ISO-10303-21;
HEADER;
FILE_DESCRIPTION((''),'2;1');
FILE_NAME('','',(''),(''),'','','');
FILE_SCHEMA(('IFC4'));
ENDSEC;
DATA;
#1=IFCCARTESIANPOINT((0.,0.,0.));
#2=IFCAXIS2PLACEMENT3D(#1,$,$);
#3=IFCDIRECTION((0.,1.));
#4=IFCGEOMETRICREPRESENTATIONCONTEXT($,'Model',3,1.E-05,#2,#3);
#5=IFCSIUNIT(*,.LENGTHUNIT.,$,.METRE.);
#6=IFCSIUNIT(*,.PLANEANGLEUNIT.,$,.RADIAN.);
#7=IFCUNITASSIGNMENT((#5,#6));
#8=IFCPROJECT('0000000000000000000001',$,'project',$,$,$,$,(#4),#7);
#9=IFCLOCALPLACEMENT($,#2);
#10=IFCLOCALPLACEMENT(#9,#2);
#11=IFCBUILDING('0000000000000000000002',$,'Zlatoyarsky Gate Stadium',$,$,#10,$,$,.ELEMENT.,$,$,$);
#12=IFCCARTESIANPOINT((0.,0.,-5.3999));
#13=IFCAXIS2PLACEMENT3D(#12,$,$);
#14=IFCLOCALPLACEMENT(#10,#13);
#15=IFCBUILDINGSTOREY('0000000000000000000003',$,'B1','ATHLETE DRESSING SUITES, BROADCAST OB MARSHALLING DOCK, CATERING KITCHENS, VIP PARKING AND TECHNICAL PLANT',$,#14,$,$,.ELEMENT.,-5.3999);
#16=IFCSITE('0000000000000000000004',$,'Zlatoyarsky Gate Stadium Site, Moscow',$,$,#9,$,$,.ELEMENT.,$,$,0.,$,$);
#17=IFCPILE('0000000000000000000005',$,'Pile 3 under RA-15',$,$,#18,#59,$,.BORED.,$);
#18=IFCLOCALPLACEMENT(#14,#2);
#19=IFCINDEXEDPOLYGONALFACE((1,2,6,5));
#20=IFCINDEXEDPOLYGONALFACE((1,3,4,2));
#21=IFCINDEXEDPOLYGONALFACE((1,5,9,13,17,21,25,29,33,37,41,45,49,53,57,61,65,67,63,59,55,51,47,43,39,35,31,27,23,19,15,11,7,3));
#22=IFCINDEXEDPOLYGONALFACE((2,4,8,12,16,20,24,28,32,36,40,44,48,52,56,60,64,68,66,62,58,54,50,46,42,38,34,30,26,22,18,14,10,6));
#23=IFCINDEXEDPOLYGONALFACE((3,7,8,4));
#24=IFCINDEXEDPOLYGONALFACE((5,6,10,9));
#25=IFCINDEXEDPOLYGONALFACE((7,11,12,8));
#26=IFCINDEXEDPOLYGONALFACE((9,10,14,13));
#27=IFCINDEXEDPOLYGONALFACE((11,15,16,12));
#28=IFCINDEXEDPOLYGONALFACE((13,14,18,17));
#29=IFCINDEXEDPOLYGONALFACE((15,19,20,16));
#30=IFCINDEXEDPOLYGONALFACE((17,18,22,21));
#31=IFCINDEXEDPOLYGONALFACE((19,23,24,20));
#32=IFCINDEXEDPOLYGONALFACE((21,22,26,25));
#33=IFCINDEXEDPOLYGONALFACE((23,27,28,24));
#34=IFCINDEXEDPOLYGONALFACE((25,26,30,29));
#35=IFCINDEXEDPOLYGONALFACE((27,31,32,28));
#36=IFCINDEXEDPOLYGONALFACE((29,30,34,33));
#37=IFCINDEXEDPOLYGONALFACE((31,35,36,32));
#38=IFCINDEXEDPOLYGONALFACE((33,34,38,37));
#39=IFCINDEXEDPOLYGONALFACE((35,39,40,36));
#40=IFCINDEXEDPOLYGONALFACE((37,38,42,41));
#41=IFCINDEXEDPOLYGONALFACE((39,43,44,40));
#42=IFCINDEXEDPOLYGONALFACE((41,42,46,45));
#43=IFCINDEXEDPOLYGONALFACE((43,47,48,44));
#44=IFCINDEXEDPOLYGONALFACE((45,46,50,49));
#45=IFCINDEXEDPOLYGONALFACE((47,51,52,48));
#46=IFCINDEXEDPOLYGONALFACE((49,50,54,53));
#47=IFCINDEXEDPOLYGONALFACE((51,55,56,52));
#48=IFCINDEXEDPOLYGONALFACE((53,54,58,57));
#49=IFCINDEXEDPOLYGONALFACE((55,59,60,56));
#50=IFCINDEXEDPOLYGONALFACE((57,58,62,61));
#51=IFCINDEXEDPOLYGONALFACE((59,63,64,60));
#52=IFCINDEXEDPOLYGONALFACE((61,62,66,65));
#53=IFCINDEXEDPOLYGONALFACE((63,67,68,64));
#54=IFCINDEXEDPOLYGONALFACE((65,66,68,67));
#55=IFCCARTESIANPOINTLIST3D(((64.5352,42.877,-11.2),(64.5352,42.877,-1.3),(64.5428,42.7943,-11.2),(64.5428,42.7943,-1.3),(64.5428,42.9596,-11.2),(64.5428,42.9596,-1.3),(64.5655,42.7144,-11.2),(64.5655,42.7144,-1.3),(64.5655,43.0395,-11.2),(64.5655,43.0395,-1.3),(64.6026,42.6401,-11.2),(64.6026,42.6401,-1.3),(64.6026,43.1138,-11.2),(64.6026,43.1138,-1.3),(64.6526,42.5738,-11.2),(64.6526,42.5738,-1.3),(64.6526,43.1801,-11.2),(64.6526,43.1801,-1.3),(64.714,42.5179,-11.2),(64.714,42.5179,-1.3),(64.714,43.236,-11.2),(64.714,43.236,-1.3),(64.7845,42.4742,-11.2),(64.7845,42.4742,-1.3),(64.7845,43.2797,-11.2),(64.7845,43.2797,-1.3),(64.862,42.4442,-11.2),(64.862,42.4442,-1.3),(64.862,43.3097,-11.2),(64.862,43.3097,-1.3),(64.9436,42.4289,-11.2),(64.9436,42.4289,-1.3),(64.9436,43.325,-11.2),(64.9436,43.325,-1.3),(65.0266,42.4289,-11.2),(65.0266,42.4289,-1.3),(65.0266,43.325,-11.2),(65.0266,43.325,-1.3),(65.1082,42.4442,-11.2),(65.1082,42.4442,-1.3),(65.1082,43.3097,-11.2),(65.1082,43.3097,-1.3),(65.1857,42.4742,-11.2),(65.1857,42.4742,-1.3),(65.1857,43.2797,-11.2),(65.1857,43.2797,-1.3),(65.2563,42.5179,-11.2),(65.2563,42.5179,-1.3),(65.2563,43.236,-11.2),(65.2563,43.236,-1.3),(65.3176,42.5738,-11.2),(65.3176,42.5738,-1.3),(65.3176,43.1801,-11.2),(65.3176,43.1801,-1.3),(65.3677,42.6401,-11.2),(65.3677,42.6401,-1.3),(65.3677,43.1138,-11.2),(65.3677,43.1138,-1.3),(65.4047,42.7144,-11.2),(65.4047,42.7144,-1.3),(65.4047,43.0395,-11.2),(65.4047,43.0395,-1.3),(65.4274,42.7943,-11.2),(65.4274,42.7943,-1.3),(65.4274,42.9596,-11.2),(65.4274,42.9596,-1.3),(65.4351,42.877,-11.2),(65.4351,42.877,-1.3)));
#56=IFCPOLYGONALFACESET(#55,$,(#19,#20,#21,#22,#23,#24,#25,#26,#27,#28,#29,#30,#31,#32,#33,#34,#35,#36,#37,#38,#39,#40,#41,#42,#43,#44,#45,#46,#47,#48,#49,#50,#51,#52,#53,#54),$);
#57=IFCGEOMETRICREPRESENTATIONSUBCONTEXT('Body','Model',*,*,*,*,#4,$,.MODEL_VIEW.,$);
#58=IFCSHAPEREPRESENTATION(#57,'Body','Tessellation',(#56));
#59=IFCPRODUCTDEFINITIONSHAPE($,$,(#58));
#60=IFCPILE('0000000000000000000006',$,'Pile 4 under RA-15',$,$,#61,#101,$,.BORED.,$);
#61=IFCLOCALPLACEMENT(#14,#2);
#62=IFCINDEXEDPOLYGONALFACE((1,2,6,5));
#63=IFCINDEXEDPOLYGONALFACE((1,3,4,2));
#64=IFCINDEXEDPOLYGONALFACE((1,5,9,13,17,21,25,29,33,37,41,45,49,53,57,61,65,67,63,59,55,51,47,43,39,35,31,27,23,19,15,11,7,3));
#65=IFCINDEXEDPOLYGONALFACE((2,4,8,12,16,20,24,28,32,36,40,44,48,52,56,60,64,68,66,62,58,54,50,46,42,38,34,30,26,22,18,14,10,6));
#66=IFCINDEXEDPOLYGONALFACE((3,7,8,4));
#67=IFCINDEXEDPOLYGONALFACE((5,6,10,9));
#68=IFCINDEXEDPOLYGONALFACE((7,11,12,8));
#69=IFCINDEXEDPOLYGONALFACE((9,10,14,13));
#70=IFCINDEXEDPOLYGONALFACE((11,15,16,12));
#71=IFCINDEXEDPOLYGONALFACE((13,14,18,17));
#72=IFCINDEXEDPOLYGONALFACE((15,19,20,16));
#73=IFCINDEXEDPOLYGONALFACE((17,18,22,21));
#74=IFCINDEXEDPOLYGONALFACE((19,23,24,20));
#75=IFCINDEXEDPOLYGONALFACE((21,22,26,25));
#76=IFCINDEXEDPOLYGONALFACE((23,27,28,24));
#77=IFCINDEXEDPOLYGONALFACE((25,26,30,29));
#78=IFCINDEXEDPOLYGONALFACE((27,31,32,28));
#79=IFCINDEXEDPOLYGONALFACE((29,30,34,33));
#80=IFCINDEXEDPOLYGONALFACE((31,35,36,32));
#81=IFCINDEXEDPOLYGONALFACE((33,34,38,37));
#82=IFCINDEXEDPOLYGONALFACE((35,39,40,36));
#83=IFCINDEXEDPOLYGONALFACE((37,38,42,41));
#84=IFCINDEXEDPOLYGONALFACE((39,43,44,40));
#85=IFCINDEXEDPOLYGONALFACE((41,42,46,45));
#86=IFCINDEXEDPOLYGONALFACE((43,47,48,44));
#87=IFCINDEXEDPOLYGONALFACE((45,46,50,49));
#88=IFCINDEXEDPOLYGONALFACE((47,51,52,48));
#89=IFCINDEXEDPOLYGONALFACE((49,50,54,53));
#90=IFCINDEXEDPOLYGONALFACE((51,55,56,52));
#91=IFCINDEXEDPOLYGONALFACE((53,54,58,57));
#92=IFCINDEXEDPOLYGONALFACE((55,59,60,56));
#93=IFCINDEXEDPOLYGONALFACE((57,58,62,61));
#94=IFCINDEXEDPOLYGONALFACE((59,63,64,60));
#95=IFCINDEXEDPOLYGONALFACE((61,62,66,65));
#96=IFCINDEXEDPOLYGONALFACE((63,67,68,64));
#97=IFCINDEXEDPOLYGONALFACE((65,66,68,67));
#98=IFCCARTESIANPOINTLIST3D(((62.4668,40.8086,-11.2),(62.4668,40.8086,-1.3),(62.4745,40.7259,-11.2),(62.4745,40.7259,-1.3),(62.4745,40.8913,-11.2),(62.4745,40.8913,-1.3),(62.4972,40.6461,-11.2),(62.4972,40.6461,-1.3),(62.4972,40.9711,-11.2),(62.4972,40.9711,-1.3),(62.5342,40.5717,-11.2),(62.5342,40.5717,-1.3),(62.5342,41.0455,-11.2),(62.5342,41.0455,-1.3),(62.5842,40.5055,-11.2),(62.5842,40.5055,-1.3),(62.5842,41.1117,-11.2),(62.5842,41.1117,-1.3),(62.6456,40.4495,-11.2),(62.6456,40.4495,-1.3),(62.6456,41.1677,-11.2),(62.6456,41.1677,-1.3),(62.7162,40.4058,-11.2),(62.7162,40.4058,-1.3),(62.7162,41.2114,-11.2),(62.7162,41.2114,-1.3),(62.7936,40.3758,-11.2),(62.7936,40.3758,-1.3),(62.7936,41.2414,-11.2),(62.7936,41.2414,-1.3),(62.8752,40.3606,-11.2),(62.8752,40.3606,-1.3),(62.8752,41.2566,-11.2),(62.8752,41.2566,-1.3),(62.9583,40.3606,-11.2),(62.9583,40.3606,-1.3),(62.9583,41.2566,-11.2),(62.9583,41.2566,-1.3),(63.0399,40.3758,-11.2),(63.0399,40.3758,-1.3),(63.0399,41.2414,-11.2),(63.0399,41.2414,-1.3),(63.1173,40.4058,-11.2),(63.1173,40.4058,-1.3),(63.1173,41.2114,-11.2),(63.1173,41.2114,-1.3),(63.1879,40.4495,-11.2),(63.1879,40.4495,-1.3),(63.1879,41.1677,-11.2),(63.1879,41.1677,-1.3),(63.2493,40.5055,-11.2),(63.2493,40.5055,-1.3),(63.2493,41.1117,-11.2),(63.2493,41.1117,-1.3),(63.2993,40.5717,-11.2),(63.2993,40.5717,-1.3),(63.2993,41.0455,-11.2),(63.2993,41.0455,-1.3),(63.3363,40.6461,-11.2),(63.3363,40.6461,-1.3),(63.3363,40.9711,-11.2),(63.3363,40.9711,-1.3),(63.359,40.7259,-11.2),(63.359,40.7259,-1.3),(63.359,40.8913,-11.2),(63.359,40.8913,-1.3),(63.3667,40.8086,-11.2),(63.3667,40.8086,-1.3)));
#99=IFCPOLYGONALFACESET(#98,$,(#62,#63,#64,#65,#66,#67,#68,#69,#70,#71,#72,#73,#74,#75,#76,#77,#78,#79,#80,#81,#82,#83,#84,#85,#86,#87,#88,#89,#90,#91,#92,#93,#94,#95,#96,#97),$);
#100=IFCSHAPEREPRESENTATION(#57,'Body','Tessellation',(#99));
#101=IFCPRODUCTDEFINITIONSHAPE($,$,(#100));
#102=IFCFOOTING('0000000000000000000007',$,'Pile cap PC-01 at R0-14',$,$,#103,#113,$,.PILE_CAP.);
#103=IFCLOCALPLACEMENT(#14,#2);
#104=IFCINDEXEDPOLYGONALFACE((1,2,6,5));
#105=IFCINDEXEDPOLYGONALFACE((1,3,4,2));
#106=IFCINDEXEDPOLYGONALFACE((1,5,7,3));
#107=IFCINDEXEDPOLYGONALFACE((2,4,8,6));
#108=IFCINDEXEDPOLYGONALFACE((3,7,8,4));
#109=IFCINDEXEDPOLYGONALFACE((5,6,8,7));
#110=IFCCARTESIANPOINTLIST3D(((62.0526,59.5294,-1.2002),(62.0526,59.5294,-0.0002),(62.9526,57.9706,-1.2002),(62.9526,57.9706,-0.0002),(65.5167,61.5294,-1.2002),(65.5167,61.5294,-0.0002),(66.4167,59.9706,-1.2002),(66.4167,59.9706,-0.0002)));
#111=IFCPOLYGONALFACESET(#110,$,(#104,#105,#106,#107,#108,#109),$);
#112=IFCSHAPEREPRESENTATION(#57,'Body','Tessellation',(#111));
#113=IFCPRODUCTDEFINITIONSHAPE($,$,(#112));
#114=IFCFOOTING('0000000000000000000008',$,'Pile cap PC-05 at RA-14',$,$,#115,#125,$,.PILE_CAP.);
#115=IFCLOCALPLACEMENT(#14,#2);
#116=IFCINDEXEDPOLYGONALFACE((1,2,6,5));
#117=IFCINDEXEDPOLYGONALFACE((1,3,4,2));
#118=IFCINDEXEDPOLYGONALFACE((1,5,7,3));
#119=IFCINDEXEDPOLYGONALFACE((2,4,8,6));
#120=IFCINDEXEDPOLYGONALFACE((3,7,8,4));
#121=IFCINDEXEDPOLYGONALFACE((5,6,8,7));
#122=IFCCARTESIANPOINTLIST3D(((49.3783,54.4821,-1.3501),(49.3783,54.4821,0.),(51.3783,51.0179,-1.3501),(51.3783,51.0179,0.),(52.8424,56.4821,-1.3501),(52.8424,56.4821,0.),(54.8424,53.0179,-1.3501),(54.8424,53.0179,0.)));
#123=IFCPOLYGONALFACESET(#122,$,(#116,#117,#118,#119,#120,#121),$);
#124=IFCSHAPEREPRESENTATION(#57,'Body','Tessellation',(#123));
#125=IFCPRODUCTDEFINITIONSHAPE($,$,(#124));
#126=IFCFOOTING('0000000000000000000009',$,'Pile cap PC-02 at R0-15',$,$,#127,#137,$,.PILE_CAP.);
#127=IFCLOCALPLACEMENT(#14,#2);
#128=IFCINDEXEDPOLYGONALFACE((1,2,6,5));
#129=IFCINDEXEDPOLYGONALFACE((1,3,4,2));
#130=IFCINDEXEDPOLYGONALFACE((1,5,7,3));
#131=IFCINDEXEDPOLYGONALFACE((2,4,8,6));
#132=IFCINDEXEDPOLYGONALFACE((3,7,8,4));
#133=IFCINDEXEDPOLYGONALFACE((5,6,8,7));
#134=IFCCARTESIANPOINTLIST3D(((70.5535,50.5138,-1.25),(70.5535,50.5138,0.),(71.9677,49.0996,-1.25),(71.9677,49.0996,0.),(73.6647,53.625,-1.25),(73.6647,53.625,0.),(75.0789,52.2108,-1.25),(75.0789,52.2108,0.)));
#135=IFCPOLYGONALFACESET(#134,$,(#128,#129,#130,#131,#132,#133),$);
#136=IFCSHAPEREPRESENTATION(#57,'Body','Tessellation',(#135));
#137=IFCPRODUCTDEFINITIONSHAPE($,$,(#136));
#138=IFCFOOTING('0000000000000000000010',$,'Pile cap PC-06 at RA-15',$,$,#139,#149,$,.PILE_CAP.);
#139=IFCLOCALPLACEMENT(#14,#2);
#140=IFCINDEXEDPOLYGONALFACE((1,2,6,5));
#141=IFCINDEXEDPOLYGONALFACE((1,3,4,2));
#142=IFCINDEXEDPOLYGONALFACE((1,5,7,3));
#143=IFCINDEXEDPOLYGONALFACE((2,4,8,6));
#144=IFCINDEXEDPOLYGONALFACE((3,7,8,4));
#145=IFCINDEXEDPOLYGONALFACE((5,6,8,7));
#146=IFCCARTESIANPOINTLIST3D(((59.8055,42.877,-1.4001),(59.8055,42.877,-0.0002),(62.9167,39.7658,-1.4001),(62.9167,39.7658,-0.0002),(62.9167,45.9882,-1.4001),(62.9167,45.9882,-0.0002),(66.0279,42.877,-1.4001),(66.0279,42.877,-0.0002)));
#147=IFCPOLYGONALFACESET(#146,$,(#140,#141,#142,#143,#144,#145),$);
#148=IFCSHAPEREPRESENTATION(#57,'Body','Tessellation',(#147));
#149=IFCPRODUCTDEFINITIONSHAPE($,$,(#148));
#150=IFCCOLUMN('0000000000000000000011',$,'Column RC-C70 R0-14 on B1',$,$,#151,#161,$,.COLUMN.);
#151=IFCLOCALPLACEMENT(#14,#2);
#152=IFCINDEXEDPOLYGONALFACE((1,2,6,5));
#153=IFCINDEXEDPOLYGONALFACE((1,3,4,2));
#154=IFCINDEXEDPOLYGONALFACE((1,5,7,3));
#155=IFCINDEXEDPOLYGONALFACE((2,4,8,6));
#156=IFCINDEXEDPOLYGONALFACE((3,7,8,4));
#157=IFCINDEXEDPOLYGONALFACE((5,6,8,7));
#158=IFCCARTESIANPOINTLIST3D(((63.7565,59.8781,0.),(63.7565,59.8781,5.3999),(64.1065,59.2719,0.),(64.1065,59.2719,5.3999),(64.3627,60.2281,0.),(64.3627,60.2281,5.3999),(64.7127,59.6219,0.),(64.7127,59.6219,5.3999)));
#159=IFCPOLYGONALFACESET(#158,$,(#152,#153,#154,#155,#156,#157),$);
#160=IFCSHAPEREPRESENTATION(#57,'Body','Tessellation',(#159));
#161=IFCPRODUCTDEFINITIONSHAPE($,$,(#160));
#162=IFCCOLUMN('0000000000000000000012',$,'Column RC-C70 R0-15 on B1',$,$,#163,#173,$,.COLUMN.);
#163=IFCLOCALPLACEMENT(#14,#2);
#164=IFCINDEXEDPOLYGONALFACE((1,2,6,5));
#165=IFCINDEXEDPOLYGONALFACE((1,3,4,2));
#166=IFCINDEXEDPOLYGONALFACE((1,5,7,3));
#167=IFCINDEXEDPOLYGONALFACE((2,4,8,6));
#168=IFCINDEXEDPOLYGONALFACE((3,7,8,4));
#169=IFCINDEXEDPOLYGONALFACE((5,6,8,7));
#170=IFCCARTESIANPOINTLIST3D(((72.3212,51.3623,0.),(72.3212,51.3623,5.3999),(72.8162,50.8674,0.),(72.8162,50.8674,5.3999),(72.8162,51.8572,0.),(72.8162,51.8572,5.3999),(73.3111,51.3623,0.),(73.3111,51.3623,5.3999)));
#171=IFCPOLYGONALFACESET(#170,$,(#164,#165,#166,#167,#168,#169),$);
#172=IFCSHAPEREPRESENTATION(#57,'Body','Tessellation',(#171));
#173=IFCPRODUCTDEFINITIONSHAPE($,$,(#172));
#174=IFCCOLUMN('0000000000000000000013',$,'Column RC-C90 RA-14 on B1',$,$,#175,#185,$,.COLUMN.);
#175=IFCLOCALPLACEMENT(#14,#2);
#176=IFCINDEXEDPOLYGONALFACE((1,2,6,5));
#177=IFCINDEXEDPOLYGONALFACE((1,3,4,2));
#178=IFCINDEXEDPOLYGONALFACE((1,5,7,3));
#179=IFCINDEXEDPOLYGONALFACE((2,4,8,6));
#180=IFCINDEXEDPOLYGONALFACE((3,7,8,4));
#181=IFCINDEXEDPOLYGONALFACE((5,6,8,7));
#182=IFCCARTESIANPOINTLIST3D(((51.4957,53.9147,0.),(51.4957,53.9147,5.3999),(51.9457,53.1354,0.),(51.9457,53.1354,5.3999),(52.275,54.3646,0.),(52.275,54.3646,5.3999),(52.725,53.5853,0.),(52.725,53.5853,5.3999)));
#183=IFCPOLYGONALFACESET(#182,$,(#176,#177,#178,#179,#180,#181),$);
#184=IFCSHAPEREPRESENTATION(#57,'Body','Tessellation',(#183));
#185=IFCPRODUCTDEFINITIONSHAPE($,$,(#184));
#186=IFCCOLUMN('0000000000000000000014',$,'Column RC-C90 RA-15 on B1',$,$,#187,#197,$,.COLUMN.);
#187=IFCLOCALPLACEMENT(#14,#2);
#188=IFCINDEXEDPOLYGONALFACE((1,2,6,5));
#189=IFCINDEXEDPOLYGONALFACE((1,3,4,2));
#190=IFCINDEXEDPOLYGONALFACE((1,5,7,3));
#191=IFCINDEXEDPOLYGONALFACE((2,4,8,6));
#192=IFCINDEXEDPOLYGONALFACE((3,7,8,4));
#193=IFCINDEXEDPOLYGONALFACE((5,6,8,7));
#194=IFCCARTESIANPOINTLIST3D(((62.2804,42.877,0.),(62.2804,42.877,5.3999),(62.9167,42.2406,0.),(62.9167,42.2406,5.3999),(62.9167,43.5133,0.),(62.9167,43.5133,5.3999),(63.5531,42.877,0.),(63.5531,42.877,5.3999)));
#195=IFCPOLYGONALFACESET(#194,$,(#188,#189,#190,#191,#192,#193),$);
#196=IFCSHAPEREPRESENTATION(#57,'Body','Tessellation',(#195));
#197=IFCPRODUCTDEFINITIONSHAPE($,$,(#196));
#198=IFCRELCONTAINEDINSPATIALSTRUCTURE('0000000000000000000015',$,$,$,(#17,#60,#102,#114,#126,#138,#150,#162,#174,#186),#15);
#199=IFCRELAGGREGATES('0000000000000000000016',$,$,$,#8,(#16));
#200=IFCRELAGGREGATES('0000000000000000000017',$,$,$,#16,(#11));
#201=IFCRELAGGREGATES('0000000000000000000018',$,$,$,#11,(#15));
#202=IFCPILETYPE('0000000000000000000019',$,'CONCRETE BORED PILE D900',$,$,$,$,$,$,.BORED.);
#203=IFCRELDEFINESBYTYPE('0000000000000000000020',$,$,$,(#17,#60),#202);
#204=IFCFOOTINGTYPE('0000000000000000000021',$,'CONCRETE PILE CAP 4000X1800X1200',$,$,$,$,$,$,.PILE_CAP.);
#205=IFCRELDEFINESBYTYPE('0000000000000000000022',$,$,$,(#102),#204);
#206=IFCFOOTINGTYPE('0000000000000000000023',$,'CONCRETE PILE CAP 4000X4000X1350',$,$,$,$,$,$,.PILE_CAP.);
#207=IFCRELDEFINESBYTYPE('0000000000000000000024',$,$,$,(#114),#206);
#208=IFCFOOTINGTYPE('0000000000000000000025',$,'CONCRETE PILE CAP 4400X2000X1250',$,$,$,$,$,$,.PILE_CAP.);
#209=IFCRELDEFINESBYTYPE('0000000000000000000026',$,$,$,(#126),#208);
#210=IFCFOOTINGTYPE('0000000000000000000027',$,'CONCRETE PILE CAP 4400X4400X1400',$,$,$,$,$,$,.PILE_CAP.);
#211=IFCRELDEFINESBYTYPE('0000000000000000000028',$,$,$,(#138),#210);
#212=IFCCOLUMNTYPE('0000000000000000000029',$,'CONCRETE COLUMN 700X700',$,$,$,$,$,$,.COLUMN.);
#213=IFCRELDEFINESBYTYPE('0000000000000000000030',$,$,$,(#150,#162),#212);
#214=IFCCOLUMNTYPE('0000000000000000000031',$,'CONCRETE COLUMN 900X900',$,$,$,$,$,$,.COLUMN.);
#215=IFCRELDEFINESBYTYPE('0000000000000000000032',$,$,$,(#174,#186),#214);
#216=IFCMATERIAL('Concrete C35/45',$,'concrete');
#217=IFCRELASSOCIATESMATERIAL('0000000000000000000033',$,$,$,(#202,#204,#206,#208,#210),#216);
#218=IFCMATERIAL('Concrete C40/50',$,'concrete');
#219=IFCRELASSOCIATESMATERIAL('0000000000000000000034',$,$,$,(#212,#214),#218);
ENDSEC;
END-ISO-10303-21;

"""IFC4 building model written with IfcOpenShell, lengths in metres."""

from ifc_helpers import new_model, si_unit, direction, frame, origin, origin_2d, place, context, subcontext, project, spatial, rectangle, circle, extrude, material, material_profile, profile_set, type_object, element, save


model = new_model("IFC4")

# Units and contexts
model_context = context("Model", 3, precision=1e-05, world=origin(), true_north=direction((0.0, 1.0)))
body_context = subcontext(model_context, "Body", "Model", "MODEL_VIEW")
ifc_project = project(units=[si_unit("LENGTHUNIT", "METRE"), si_unit("PLANEANGLEUNIT", "RADIAN")], contexts=[model_context])

# Site, building, storey
site_placement = place(None, origin())
site = spatial("IfcSite", under=ifc_project, at=site_placement, Name="Zlatoyarsky Gate Stadium Site, Moscow", CompositionType="ELEMENT", RefElevation=0.0)
building_placement = place(site_placement, origin())
building = spatial("IfcBuilding", under=site, at=building_placement, Name="Zlatoyarsky Gate Stadium", CompositionType="ELEMENT")
storey_placement = place(building_placement, frame((0.0, 0.0, -5.3999)))
storey = spatial("IfcBuildingStorey", under=building, at=storey_placement, Name="B1", Description="ATHLETE DRESSING SUITES, BROADCAST OB MARSHALLING DOCK, CATERING KITCHENS, VIP PARKING AND TECHNICAL PLANT", CompositionType="ELEMENT", Elevation=-5.3999)

# Piles
ifc_material_1 = material(Name="Concrete C35/45", Category="concrete")
ifc_material_profile_1 = material_profile(ifc_material_1, circle(Radius=0.45, at=origin_2d()), Name="BORED PILE D900")
ifc_profile_set_1 = profile_set([ifc_material_profile_1], Name="Concrete C35/45")
pile_type_1 = type_object("IfcPileType", Name="CONCRETE BORED PILE D900", PredefinedType="BORED", material=ifc_profile_set_1)
for number, where, z_axis, x_axis, name in (
    (1, (64.9851, 42.877, -1.3), (0.0, 0.0, -1.0), (1.0, 0.0, 0.0), "Pile 3 under RA-15"),
    (2, (62.9167, 40.8086, -1.3), (0.0, 0.0, -1.0), (1.0, 0.0, 0.0), "Pile 4 under RA-15"),
):
    element("IfcPile", number, at=place(storey_placement, frame(where, z_axis=z_axis, x_axis=x_axis)), inside=storey, type_object=pile_type_1, Name=name, PredefinedType="BORED", context=body_context, shape_type="SweptSolid", body=[
        extrude(circle(Radius=0.45, at=origin_2d()), origin(), (0.0, 0.0, 1.0), 9.8999),
    ])

# Footings
footing_type_1 = type_object("IfcFootingType", Name="CONCRETE PILE CAP 4000X1800X1200", PredefinedType="PILE_CAP", material=ifc_material_1)
footing_1_placement = place(storey_placement, frame((64.2346, 59.75, -1.2002), z_axis=(0.0, 0.0, 1.0), x_axis=(-0.866025, -0.5, 0.0)))
element("IfcFooting", 3, at=footing_1_placement, inside=storey, type_object=footing_type_1, Name="Pile cap PC-01 at R0-14", PredefinedType="PILE_CAP", context=body_context, shape_type="SweptSolid", body=[
    extrude(rectangle(XDim=4.0, YDim=1.8, at=origin_2d()), origin(), (0.0, 0.0, 1.0), 1.2),
])
footing_type_2 = type_object("IfcFootingType", Name="CONCRETE PILE CAP 4000X4000X1350", PredefinedType="PILE_CAP", material=ifc_material_1)
footing_2_placement = place(storey_placement, frame((52.1104, 53.75, -1.3501), z_axis=(0.0, 0.0, 1.0), x_axis=(-0.866025, -0.5, 0.0)))
element("IfcFooting", 4, at=footing_2_placement, inside=storey, type_object=footing_type_2, Name="Pile cap PC-05 at RA-14", PredefinedType="PILE_CAP", context=body_context, shape_type="SweptSolid", body=[
    extrude(rectangle(XDim=4.0, YDim=4.0, at=origin_2d()), origin(), (0.0, 0.0, 1.0), 1.3501),
])
footing_type_3 = type_object("IfcFootingType", Name="CONCRETE PILE CAP 4400X2000X1250", PredefinedType="PILE_CAP", material=ifc_material_1)
footing_3_placement = place(storey_placement, frame((72.8162, 51.3623, -1.25), z_axis=(0.0, 0.0, 1.0), x_axis=(-0.707107, -0.707107, 0.0)))
element("IfcFooting", 5, at=footing_3_placement, inside=storey, type_object=footing_type_3, Name="Pile cap PC-02 at R0-15", PredefinedType="PILE_CAP", context=body_context, shape_type="SweptSolid", body=[
    extrude(rectangle(XDim=4.3999, YDim=2.0, at=origin_2d()), origin(), (0.0, 0.0, 1.0), 1.25),
])
footing_type_4 = type_object("IfcFootingType", Name="CONCRETE PILE CAP 4400X4400X1400", PredefinedType="PILE_CAP", material=ifc_material_1)
footing_4_placement = place(storey_placement, frame((62.9167, 42.877, -1.4001), z_axis=(0.0, 0.0, 1.0), x_axis=(-0.707107, -0.707107, 0.0)))
element("IfcFooting", 6, at=footing_4_placement, inside=storey, type_object=footing_type_4, Name="Pile cap PC-06 at RA-15", PredefinedType="PILE_CAP", context=body_context, shape_type="SweptSolid", body=[
    extrude(rectangle(XDim=4.3999, YDim=4.3999, at=origin_2d()), origin(), (0.0, 0.0, 1.0), 1.3999),
])

# Columns
ifc_material_2 = material(Name="Concrete C40/50", Category="concrete")
ifc_material_profile_2 = material_profile(ifc_material_2, rectangle(XDim=0.7, YDim=0.7, at=origin_2d()), Name="RC COL 700X700")
ifc_profile_set_2 = profile_set([ifc_material_profile_2], Name="Concrete C40/50")
column_type_1 = type_object("IfcColumnType", Name="CONCRETE COLUMN 700X700", PredefinedType="COLUMN", material=ifc_profile_set_2)
for number, where, z_axis, x_axis, name in (
    (7, (64.2346, 59.75, 0.0), (0.0, 0.0, 1.0), (-0.866025, -0.5, 0.0), "Column RC-C70 R0-14 on B1"),
    (8, (72.8162, 51.3623, 0.0), (0.0, 0.0, 1.0), (-0.707107, -0.707107, 0.0), "Column RC-C70 R0-15 on B1"),
):
    element("IfcColumn", number, at=place(storey_placement, frame(where, z_axis=z_axis, x_axis=x_axis)), inside=storey, type_object=column_type_1, Name=name, PredefinedType="COLUMN", context=body_context, shape_type="SweptSolid", body=[
        extrude(rectangle(XDim=0.7, YDim=0.7, at=origin_2d()), origin(), (0.0, 0.0, 1.0), 5.3999),
    ])
ifc_material_profile_3 = material_profile(ifc_material_2, rectangle(XDim=0.8999, YDim=0.8999, at=origin_2d()), Name="RC COL 900X900")
ifc_profile_set_3 = profile_set([ifc_material_profile_3], Name="Concrete C40/50")
column_type_2 = type_object("IfcColumnType", Name="CONCRETE COLUMN 900X900", PredefinedType="COLUMN", material=ifc_profile_set_3)
for number, where, z_axis, x_axis, name in (
    (9, (52.1104, 53.75, 0.0), (0.0, 0.0, 1.0), (-0.866025, -0.5, 0.0), "Column RC-C90 RA-14 on B1"),
    (10, (62.9167, 42.877, 0.0), (0.0, 0.0, 1.0), (-0.707107, -0.707107, 0.0), "Column RC-C90 RA-15 on B1"),
):
    element("IfcColumn", number, at=place(storey_placement, frame(where, z_axis=z_axis, x_axis=x_axis)), inside=storey, type_object=column_type_2, Name=name, PredefinedType="COLUMN", context=body_context, shape_type="SweptSolid", body=[
        extrude(rectangle(XDim=0.8999, YDim=0.8999, at=origin_2d()), origin(), (0.0, 0.0, 1.0), 5.3999),
    ])

save(model, "model.ifc")
